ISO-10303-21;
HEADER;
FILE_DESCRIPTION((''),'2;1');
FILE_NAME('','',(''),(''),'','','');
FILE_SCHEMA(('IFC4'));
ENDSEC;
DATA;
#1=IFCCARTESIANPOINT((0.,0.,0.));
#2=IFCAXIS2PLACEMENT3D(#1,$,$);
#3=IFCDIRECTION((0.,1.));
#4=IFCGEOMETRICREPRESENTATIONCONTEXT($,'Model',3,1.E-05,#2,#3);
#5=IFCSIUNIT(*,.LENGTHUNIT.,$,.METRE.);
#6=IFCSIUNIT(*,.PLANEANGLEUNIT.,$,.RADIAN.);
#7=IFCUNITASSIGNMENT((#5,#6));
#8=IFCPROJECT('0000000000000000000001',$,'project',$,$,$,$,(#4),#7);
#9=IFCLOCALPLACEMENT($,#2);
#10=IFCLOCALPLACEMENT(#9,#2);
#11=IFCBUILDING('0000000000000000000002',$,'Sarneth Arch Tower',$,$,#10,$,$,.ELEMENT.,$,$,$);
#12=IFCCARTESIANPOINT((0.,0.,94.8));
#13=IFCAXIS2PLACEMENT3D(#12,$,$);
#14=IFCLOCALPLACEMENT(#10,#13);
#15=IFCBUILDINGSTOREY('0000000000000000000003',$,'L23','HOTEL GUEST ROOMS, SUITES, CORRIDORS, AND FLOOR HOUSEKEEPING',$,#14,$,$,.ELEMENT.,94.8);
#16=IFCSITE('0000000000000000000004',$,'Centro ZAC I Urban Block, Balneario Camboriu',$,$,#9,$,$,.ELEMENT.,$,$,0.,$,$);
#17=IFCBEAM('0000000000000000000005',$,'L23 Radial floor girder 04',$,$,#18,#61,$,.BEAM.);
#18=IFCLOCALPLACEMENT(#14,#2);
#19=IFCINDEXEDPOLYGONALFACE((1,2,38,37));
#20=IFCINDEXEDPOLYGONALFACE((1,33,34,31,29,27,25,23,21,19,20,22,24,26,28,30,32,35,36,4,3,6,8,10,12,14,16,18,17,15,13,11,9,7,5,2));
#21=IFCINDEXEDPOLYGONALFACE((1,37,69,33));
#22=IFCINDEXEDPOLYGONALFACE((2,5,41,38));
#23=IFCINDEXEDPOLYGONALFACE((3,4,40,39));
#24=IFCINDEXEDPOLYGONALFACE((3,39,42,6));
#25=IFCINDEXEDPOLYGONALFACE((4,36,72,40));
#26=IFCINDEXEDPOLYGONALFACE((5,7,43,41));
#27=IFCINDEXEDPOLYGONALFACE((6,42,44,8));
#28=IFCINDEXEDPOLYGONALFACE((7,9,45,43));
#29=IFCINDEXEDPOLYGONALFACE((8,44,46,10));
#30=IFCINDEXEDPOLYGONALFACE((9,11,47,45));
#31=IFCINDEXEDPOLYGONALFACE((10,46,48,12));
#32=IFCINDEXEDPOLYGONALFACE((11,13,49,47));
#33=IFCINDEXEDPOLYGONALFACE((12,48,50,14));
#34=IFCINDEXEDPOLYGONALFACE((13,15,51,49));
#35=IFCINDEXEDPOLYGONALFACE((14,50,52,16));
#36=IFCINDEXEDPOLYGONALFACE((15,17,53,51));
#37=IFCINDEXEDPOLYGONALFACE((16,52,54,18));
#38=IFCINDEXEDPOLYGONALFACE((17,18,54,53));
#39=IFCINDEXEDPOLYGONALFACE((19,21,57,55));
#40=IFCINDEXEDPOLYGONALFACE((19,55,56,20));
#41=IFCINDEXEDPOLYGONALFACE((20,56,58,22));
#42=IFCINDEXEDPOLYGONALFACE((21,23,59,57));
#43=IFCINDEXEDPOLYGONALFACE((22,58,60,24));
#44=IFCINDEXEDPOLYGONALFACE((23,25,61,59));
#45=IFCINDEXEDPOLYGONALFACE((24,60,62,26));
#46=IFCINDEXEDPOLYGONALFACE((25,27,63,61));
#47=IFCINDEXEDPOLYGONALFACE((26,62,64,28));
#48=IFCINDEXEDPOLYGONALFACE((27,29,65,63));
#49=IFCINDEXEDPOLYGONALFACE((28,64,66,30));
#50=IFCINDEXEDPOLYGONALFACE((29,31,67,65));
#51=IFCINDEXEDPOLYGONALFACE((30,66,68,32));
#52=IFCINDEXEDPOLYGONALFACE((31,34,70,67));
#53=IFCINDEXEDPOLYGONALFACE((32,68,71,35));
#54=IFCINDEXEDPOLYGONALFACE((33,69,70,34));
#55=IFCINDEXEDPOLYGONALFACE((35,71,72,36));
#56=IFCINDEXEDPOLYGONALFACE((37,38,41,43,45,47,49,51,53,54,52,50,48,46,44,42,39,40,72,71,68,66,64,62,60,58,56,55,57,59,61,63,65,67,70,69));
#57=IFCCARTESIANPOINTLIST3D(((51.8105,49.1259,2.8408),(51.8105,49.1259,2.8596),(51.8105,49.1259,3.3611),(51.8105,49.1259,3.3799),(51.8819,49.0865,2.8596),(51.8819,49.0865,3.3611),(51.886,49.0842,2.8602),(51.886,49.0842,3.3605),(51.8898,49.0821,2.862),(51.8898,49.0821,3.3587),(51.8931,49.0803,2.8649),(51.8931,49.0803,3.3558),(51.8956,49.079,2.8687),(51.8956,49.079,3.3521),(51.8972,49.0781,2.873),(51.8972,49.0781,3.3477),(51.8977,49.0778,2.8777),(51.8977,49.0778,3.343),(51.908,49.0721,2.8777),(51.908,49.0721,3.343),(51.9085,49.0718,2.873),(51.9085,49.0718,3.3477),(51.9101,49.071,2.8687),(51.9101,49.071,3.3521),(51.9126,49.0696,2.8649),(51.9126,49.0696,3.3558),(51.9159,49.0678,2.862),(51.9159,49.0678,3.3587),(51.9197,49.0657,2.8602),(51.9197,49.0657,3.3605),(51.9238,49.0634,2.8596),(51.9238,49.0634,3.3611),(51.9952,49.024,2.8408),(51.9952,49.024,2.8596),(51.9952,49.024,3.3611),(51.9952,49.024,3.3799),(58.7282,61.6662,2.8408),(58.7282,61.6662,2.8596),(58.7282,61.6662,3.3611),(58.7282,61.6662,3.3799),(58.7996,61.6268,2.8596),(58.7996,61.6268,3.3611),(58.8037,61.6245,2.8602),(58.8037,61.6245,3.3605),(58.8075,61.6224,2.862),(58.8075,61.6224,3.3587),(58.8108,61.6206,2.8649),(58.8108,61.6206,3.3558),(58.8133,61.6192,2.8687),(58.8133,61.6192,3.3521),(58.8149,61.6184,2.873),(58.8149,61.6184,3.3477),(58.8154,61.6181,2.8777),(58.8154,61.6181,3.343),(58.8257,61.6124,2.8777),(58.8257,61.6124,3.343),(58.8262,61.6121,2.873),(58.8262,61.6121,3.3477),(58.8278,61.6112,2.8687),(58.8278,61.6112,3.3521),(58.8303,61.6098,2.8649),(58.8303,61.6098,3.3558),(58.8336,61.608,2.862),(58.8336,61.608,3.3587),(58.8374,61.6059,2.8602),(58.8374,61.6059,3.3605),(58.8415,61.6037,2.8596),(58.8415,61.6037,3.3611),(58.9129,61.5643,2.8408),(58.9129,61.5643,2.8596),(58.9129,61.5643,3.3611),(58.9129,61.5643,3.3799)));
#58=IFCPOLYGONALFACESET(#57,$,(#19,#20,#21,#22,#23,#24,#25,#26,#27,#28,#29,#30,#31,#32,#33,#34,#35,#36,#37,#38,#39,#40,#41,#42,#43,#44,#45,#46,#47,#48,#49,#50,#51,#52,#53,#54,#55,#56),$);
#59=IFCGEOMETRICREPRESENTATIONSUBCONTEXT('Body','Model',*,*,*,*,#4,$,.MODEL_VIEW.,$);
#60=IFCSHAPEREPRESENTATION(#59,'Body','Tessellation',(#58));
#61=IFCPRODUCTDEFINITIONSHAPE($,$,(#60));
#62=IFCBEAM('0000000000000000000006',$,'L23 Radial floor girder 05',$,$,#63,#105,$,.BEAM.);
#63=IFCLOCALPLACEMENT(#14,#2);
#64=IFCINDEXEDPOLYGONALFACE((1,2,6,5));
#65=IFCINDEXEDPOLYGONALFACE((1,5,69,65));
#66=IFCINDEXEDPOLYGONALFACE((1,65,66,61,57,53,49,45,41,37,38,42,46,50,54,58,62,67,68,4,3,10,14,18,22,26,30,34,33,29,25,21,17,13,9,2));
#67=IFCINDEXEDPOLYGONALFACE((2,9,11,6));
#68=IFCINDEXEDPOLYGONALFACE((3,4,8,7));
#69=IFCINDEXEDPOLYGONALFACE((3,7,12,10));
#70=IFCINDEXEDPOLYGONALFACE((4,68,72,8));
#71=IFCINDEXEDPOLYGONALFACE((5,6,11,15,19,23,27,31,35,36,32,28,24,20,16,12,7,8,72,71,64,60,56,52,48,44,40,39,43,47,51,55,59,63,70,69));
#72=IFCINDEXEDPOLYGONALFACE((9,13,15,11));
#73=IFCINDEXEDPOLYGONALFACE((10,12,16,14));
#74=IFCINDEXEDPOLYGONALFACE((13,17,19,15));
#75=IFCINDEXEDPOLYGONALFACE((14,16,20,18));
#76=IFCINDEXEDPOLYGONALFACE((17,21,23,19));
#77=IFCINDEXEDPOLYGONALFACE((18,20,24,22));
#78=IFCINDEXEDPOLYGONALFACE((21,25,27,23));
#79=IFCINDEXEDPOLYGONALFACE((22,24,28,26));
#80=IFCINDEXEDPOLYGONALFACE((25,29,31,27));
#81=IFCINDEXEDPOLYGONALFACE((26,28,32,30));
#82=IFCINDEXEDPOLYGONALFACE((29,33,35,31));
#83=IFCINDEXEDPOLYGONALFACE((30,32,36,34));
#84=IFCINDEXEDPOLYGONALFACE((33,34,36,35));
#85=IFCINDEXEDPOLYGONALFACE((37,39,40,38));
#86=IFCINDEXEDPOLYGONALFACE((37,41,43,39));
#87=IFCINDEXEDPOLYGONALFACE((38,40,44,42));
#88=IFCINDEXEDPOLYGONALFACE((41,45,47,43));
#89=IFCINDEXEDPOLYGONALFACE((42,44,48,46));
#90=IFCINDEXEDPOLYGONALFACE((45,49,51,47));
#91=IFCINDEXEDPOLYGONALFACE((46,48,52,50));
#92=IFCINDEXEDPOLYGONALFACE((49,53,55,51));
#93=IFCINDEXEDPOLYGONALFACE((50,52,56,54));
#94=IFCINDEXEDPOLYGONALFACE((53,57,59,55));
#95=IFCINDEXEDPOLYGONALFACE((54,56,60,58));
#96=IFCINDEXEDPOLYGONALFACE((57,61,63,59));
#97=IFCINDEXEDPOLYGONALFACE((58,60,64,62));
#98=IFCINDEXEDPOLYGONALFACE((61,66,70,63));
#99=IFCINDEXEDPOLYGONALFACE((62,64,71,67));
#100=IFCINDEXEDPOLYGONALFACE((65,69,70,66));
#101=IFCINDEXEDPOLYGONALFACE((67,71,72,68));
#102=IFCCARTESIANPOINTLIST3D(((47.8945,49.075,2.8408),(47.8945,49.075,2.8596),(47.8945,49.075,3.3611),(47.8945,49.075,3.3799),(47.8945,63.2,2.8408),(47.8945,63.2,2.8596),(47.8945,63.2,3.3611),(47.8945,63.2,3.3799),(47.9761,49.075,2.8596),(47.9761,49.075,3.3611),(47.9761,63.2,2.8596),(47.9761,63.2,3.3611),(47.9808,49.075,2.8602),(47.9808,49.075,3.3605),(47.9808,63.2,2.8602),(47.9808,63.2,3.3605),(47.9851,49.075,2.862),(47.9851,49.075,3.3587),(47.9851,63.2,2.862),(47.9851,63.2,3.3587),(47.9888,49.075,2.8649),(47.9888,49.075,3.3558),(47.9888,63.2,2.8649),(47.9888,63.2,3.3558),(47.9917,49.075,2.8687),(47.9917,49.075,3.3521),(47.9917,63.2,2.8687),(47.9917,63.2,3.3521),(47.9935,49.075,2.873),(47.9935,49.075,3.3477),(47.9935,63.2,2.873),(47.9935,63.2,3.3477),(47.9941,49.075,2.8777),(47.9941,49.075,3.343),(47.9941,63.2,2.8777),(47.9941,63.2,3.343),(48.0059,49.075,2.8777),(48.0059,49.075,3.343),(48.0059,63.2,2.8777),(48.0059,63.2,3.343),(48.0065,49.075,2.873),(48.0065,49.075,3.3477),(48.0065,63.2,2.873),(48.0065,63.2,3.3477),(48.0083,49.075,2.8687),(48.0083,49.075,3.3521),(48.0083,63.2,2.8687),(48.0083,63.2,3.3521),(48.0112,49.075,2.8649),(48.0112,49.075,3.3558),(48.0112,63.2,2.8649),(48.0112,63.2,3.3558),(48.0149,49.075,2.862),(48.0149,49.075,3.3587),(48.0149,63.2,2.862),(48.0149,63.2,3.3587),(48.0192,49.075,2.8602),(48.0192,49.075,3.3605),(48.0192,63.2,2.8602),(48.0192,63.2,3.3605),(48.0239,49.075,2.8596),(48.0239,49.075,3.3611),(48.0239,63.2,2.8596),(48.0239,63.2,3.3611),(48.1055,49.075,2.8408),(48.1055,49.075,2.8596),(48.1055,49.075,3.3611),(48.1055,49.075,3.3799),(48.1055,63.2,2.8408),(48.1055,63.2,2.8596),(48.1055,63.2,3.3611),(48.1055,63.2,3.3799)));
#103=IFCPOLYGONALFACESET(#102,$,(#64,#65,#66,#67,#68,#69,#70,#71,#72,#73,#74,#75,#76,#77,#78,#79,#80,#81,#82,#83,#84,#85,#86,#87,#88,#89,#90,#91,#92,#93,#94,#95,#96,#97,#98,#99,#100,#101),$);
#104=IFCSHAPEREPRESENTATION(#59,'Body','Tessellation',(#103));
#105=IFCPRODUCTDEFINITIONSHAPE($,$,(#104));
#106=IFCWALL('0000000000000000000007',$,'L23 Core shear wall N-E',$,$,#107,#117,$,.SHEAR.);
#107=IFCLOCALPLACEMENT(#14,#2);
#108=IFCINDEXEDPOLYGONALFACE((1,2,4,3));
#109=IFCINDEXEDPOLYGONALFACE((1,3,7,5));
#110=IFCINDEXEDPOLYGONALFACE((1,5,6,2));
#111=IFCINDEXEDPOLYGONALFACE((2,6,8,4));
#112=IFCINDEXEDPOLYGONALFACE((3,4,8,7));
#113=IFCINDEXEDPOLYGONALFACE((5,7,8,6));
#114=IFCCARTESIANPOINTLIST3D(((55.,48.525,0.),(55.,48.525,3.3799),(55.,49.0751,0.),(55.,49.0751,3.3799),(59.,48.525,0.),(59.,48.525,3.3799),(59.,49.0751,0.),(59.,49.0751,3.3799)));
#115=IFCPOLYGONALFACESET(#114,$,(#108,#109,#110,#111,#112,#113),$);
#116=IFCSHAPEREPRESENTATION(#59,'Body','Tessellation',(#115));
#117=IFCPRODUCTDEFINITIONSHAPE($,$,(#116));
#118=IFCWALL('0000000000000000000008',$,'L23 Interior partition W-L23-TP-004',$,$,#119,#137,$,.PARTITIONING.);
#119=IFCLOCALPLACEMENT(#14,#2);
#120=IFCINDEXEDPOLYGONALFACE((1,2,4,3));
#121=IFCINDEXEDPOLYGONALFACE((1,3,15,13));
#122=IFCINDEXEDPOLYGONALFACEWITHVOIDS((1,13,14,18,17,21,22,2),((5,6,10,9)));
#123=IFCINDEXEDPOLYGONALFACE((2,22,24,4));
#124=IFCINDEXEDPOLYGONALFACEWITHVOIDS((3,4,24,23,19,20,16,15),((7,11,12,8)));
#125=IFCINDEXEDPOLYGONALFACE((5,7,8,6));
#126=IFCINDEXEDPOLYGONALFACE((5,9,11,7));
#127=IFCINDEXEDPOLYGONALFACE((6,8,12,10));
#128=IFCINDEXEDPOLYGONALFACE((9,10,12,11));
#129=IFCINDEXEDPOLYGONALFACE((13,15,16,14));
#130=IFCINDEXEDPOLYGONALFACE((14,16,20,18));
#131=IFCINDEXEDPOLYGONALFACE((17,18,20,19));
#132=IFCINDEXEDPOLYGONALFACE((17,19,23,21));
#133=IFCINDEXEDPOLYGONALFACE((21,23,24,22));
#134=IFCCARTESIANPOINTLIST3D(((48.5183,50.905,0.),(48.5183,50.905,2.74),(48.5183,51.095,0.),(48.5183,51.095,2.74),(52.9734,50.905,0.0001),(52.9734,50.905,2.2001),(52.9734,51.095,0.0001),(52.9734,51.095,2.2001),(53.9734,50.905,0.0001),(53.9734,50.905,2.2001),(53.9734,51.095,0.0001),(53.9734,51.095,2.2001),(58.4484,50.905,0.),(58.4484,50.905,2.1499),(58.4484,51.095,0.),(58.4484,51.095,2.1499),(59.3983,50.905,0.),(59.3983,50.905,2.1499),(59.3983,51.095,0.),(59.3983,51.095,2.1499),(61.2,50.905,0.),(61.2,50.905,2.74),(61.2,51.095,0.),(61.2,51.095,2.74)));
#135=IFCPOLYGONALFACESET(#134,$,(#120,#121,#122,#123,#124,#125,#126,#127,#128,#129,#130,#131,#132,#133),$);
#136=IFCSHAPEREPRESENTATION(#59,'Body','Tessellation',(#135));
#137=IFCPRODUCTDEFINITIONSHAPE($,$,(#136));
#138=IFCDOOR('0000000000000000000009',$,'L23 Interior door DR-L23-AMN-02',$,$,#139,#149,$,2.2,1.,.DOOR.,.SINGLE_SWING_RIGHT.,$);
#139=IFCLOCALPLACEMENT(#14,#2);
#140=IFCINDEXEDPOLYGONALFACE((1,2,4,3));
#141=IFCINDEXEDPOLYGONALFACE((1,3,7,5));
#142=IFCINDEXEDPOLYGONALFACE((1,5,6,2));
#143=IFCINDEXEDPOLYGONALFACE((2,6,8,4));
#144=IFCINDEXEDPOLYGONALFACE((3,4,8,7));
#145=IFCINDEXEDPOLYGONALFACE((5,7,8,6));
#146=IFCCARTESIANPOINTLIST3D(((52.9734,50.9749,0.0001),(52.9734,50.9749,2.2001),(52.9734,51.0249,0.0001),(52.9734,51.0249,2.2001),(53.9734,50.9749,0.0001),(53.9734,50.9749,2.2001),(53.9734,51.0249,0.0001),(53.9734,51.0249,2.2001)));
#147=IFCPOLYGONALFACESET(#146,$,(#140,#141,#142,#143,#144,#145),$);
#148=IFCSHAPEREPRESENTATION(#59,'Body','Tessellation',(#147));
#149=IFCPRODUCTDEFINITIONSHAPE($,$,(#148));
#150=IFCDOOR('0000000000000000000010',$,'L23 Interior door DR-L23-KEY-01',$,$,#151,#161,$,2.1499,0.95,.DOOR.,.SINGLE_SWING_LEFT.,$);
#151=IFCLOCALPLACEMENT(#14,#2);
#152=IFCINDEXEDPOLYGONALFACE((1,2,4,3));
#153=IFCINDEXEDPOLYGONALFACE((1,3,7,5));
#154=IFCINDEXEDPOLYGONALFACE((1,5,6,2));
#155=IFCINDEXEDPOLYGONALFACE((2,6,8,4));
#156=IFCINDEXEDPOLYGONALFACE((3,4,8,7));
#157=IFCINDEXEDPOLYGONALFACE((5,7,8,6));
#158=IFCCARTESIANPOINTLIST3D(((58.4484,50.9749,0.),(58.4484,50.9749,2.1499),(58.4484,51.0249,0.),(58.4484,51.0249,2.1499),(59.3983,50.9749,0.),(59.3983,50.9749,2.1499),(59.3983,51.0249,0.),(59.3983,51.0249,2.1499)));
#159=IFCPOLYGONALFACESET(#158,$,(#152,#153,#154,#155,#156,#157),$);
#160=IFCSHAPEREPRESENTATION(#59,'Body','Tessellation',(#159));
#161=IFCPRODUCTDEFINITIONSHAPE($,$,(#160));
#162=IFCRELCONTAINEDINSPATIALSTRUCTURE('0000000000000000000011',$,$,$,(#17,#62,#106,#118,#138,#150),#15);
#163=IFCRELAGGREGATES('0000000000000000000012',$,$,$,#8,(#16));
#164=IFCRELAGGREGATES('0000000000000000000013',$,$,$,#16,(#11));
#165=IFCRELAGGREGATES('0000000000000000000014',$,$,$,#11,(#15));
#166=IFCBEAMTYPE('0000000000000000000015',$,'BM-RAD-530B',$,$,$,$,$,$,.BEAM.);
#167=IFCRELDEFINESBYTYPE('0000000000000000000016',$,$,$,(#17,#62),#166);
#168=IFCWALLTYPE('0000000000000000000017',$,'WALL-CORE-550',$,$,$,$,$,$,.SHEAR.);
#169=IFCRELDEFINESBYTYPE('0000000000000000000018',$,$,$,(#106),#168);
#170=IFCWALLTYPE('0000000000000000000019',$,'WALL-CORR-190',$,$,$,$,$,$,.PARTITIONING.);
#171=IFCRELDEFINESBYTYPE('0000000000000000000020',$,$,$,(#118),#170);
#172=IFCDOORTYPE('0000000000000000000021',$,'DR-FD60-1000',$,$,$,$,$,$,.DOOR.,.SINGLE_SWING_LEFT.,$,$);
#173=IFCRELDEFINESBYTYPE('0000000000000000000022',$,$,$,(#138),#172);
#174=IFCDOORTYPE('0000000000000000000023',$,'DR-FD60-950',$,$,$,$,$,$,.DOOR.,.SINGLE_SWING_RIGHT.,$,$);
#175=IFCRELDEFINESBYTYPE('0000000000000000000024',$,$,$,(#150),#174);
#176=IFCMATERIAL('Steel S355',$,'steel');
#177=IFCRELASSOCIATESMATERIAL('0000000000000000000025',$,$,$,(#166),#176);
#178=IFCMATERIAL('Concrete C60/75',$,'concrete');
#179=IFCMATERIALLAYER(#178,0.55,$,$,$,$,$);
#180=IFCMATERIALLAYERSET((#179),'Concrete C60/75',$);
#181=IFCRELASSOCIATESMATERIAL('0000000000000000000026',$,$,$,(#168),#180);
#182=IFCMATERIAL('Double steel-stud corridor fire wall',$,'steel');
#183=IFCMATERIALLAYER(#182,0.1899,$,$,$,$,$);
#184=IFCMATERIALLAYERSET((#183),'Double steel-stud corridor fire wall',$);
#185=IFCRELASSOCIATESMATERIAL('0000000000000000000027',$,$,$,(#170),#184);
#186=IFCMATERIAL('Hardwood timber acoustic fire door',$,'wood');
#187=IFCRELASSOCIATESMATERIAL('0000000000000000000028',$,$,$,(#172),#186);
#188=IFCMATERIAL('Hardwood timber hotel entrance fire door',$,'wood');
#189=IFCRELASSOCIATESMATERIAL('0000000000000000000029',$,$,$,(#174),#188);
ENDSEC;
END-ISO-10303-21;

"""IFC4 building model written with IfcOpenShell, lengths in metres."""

from ifc_helpers import new_model, si_unit, direction, frame, frame_2d, origin, origin_2d, place, context, subcontext, project, spatial, rectangle, i_section, extrude, material, layer, layer_set, material_profile, profile_set, type_object, element, fill, save


model = new_model("IFC4")

# Units and contexts
model_context = context("Model", 3, precision=1e-05, world=origin(), true_north=direction((0.0, 1.0)))
body_context = subcontext(model_context, "Body", "Model", "MODEL_VIEW")
ifc_project = project(units=[si_unit("LENGTHUNIT", "METRE"), si_unit("PLANEANGLEUNIT", "RADIAN")], contexts=[model_context])

# Site, building, storey
site_placement = place(None, origin())
site = spatial("IfcSite", under=ifc_project, at=site_placement, Name="Centro ZAC I Urban Block, Balneario Camboriu", CompositionType="ELEMENT", RefElevation=0.0)
building_placement = place(site_placement, origin())
building = spatial("IfcBuilding", under=site, at=building_placement, Name="Sarneth Arch Tower", CompositionType="ELEMENT")
storey_placement = place(building_placement, frame((0.0, 0.0, 94.8)))
storey = spatial("IfcBuildingStorey", under=building, at=storey_placement, Name="L23", Description="HOTEL GUEST ROOMS, SUITES, CORRIDORS, AND FLOOR HOUSEKEEPING", CompositionType="ELEMENT", Elevation=94.8)

# Beams
ifc_material_1 = material(Name="Steel S355", Category="steel")
ifc_material_profile_1 = material_profile(ifc_material_1, i_section(OverallWidth=0.2109, OverallDepth=0.5391, WebThickness=0.0117, FlangeThickness=0.0188, FilletRadius=0.0181, at=origin_2d()), Name="W530x109")
ifc_profile_set_1 = profile_set([ifc_material_profile_1], Name="Steel S355")
beam_type_1 = type_object("IfcBeamType", Name="BM-RAD-530B", PredefinedType="BEAM", material=ifc_profile_set_1)
beam_1_placement = place(storey_placement, frame((51.9028, 49.075, 3.1104), z_axis=(0.483021, 0.875609, 0.0), x_axis=(-0.875609, 0.483021, 0.0)))
element("IfcBeam", 1, at=beam_1_placement, inside=storey, type_object=beam_type_1, Name="L23 Radial floor girder 04", PredefinedType="BEAM", context=body_context, shape_type="SweptSolid", body=[
    extrude(i_section(OverallWidth=0.2109, OverallDepth=0.5391, WebThickness=0.0117, FlangeThickness=0.0188, FilletRadius=0.0181, at=origin_2d()), origin(), (0.0, 0.0, 1.0), 14.3218),
])
beam_2_placement = place(storey_placement, frame((48.0, 49.075, 3.1104), z_axis=(0.0, 1.0, 0.0), x_axis=(-1.0, 0.0, 0.0)))
element("IfcBeam", 2, at=beam_2_placement, inside=storey, type_object=beam_type_1, Name="L23 Radial floor girder 05", PredefinedType="BEAM", context=body_context, shape_type="SweptSolid", body=[
    extrude(i_section(OverallWidth=0.2109, OverallDepth=0.5391, WebThickness=0.0117, FlangeThickness=0.0188, FilletRadius=0.0181, at=origin_2d()), origin(), (0.0, 0.0, 1.0), 14.125),
])

# Wall
ifc_material_2 = material(Name="Concrete C60/75", Category="concrete")
ifc_layer_1 = layer(ifc_material_2, 0.55)
ifc_layer_set_1 = layer_set([ifc_layer_1], Name="Concrete C60/75")
wall_type_1 = type_object("IfcWallType", Name="WALL-CORE-550", PredefinedType="SHEAR", material=ifc_layer_set_1)
wall_1_placement = place(storey_placement, frame((55.0, 48.8, 0.0), z_axis=(0.0, 0.0, 1.0), x_axis=(1.0, 0.0, 0.0)))
element("IfcWall", 3, at=wall_1_placement, inside=storey, type_object=wall_type_1, Name="L23 Core shear wall N-E", PredefinedType="SHEAR", context=body_context, shape_type="SweptSolid", body=[
    extrude(rectangle(XDim=4.0, YDim=0.55, at=frame_2d((2.0, 0.0))), origin(), (0.0, 0.0, 1.0), 3.3799),
])

# Wall, openings, doors
ifc_material_3 = material(Name="Double steel-stud corridor fire wall", Category="steel")
ifc_layer_2 = layer(ifc_material_3, 0.1899)
ifc_layer_set_2 = layer_set([ifc_layer_2], Name="Double steel-stud corridor fire wall")
wall_type_2 = type_object("IfcWallType", Name="WALL-CORR-190", PredefinedType="PARTITIONING", material=ifc_layer_set_2)
wall_2_placement = place(storey_placement, frame((48.5183, 51.0, 0.0), z_axis=(0.0, 0.0, 1.0), x_axis=(1.0, 0.0, 0.0)))
wall_2 = element("IfcWall", 4, at=wall_2_placement, inside=storey, type_object=wall_type_2, Name="L23 Interior partition W-L23-TP-004", PredefinedType="PARTITIONING", context=body_context, shape_type="SweptSolid", body=[
    extrude(rectangle(XDim=12.6816, YDim=0.1899, at=frame_2d((6.3408, 0.0))), origin(), (0.0, 0.0, 1.0), 2.74),
])
opening_1_placement = place(wall_2_placement, frame((4.4551, 0.0, 0.0)))
opening_1 = element("IfcOpeningElement", 5, at=opening_1_placement, cuts=wall_2, PredefinedType="OPENING", context=body_context, shape_type="SweptSolid", body=[
    extrude(rectangle(XDim=1.0, YDim=2.2, at=frame_2d((0.5, 1.1001))), frame((0.0, 0.105, 0.0), z_axis=(0.0, -1.0, 0.0), x_axis=(1.0, 0.0, 0.0)), (0.0, 0.0, 1.0), 0.21),
])
opening_2_placement = place(wall_2_placement, frame((9.9299, 0.0, 0.0)))
opening_2 = element("IfcOpeningElement", 6, at=opening_2_placement, cuts=wall_2, PredefinedType="OPENING", context=body_context, shape_type="SweptSolid", body=[
    extrude(rectangle(XDim=0.95, YDim=2.1499, at=frame_2d((0.4751, 1.075))), frame((0.0, 0.105, 0.0), z_axis=(0.0, -1.0, 0.0), x_axis=(1.0, 0.0, 0.0)), (0.0, 0.0, 1.0), 0.21),
])
ifc_material_4 = material(Name="Hardwood timber acoustic fire door", Category="wood")
door_type_1 = type_object("IfcDoorType", Name="DR-FD60-1000", OperationType="SINGLE_SWING_LEFT", PredefinedType="DOOR", material=ifc_material_4)
door_1_placement = place(opening_1_placement, origin())
door_1 = element("IfcDoor", 7, at=door_1_placement, inside=storey, type_object=door_type_1, Name="L23 Interior door DR-L23-AMN-02", OperationType="SINGLE_SWING_RIGHT", OverallHeight=2.2, OverallWidth=1.0, PredefinedType="DOOR", context=body_context, shape_type="SweptSolid", body=[
    extrude(rectangle(XDim=1.0, YDim=2.2, at=frame_2d((0.5, 1.1001))), frame((0.0, 0.0249, 0.0), z_axis=(0.0, -1.0, 0.0), x_axis=(1.0, 0.0, 0.0)), (0.0, 0.0, 1.0), 0.05),
])
fill(opening_1, door_1)
ifc_material_5 = material(Name="Hardwood timber hotel entrance fire door", Category="wood")
door_type_2 = type_object("IfcDoorType", Name="DR-FD60-950", OperationType="SINGLE_SWING_RIGHT", PredefinedType="DOOR", material=ifc_material_5)
door_2_placement = place(opening_2_placement, origin())
door_2 = element("IfcDoor", 8, at=door_2_placement, inside=storey, type_object=door_type_2, Name="L23 Interior door DR-L23-KEY-01", OperationType="SINGLE_SWING_LEFT", OverallHeight=2.1499, OverallWidth=0.95, PredefinedType="DOOR", context=body_context, shape_type="SweptSolid", body=[
    extrude(rectangle(XDim=0.95, YDim=2.1499, at=frame_2d((0.4751, 1.075))), frame((0.0, 0.0249, 0.0), z_axis=(0.0, -1.0, 0.0), x_axis=(1.0, 0.0, 0.0)), (0.0, 0.0, 1.0), 0.05),
])
fill(opening_2, door_2)

save(model, "model.ifc")
